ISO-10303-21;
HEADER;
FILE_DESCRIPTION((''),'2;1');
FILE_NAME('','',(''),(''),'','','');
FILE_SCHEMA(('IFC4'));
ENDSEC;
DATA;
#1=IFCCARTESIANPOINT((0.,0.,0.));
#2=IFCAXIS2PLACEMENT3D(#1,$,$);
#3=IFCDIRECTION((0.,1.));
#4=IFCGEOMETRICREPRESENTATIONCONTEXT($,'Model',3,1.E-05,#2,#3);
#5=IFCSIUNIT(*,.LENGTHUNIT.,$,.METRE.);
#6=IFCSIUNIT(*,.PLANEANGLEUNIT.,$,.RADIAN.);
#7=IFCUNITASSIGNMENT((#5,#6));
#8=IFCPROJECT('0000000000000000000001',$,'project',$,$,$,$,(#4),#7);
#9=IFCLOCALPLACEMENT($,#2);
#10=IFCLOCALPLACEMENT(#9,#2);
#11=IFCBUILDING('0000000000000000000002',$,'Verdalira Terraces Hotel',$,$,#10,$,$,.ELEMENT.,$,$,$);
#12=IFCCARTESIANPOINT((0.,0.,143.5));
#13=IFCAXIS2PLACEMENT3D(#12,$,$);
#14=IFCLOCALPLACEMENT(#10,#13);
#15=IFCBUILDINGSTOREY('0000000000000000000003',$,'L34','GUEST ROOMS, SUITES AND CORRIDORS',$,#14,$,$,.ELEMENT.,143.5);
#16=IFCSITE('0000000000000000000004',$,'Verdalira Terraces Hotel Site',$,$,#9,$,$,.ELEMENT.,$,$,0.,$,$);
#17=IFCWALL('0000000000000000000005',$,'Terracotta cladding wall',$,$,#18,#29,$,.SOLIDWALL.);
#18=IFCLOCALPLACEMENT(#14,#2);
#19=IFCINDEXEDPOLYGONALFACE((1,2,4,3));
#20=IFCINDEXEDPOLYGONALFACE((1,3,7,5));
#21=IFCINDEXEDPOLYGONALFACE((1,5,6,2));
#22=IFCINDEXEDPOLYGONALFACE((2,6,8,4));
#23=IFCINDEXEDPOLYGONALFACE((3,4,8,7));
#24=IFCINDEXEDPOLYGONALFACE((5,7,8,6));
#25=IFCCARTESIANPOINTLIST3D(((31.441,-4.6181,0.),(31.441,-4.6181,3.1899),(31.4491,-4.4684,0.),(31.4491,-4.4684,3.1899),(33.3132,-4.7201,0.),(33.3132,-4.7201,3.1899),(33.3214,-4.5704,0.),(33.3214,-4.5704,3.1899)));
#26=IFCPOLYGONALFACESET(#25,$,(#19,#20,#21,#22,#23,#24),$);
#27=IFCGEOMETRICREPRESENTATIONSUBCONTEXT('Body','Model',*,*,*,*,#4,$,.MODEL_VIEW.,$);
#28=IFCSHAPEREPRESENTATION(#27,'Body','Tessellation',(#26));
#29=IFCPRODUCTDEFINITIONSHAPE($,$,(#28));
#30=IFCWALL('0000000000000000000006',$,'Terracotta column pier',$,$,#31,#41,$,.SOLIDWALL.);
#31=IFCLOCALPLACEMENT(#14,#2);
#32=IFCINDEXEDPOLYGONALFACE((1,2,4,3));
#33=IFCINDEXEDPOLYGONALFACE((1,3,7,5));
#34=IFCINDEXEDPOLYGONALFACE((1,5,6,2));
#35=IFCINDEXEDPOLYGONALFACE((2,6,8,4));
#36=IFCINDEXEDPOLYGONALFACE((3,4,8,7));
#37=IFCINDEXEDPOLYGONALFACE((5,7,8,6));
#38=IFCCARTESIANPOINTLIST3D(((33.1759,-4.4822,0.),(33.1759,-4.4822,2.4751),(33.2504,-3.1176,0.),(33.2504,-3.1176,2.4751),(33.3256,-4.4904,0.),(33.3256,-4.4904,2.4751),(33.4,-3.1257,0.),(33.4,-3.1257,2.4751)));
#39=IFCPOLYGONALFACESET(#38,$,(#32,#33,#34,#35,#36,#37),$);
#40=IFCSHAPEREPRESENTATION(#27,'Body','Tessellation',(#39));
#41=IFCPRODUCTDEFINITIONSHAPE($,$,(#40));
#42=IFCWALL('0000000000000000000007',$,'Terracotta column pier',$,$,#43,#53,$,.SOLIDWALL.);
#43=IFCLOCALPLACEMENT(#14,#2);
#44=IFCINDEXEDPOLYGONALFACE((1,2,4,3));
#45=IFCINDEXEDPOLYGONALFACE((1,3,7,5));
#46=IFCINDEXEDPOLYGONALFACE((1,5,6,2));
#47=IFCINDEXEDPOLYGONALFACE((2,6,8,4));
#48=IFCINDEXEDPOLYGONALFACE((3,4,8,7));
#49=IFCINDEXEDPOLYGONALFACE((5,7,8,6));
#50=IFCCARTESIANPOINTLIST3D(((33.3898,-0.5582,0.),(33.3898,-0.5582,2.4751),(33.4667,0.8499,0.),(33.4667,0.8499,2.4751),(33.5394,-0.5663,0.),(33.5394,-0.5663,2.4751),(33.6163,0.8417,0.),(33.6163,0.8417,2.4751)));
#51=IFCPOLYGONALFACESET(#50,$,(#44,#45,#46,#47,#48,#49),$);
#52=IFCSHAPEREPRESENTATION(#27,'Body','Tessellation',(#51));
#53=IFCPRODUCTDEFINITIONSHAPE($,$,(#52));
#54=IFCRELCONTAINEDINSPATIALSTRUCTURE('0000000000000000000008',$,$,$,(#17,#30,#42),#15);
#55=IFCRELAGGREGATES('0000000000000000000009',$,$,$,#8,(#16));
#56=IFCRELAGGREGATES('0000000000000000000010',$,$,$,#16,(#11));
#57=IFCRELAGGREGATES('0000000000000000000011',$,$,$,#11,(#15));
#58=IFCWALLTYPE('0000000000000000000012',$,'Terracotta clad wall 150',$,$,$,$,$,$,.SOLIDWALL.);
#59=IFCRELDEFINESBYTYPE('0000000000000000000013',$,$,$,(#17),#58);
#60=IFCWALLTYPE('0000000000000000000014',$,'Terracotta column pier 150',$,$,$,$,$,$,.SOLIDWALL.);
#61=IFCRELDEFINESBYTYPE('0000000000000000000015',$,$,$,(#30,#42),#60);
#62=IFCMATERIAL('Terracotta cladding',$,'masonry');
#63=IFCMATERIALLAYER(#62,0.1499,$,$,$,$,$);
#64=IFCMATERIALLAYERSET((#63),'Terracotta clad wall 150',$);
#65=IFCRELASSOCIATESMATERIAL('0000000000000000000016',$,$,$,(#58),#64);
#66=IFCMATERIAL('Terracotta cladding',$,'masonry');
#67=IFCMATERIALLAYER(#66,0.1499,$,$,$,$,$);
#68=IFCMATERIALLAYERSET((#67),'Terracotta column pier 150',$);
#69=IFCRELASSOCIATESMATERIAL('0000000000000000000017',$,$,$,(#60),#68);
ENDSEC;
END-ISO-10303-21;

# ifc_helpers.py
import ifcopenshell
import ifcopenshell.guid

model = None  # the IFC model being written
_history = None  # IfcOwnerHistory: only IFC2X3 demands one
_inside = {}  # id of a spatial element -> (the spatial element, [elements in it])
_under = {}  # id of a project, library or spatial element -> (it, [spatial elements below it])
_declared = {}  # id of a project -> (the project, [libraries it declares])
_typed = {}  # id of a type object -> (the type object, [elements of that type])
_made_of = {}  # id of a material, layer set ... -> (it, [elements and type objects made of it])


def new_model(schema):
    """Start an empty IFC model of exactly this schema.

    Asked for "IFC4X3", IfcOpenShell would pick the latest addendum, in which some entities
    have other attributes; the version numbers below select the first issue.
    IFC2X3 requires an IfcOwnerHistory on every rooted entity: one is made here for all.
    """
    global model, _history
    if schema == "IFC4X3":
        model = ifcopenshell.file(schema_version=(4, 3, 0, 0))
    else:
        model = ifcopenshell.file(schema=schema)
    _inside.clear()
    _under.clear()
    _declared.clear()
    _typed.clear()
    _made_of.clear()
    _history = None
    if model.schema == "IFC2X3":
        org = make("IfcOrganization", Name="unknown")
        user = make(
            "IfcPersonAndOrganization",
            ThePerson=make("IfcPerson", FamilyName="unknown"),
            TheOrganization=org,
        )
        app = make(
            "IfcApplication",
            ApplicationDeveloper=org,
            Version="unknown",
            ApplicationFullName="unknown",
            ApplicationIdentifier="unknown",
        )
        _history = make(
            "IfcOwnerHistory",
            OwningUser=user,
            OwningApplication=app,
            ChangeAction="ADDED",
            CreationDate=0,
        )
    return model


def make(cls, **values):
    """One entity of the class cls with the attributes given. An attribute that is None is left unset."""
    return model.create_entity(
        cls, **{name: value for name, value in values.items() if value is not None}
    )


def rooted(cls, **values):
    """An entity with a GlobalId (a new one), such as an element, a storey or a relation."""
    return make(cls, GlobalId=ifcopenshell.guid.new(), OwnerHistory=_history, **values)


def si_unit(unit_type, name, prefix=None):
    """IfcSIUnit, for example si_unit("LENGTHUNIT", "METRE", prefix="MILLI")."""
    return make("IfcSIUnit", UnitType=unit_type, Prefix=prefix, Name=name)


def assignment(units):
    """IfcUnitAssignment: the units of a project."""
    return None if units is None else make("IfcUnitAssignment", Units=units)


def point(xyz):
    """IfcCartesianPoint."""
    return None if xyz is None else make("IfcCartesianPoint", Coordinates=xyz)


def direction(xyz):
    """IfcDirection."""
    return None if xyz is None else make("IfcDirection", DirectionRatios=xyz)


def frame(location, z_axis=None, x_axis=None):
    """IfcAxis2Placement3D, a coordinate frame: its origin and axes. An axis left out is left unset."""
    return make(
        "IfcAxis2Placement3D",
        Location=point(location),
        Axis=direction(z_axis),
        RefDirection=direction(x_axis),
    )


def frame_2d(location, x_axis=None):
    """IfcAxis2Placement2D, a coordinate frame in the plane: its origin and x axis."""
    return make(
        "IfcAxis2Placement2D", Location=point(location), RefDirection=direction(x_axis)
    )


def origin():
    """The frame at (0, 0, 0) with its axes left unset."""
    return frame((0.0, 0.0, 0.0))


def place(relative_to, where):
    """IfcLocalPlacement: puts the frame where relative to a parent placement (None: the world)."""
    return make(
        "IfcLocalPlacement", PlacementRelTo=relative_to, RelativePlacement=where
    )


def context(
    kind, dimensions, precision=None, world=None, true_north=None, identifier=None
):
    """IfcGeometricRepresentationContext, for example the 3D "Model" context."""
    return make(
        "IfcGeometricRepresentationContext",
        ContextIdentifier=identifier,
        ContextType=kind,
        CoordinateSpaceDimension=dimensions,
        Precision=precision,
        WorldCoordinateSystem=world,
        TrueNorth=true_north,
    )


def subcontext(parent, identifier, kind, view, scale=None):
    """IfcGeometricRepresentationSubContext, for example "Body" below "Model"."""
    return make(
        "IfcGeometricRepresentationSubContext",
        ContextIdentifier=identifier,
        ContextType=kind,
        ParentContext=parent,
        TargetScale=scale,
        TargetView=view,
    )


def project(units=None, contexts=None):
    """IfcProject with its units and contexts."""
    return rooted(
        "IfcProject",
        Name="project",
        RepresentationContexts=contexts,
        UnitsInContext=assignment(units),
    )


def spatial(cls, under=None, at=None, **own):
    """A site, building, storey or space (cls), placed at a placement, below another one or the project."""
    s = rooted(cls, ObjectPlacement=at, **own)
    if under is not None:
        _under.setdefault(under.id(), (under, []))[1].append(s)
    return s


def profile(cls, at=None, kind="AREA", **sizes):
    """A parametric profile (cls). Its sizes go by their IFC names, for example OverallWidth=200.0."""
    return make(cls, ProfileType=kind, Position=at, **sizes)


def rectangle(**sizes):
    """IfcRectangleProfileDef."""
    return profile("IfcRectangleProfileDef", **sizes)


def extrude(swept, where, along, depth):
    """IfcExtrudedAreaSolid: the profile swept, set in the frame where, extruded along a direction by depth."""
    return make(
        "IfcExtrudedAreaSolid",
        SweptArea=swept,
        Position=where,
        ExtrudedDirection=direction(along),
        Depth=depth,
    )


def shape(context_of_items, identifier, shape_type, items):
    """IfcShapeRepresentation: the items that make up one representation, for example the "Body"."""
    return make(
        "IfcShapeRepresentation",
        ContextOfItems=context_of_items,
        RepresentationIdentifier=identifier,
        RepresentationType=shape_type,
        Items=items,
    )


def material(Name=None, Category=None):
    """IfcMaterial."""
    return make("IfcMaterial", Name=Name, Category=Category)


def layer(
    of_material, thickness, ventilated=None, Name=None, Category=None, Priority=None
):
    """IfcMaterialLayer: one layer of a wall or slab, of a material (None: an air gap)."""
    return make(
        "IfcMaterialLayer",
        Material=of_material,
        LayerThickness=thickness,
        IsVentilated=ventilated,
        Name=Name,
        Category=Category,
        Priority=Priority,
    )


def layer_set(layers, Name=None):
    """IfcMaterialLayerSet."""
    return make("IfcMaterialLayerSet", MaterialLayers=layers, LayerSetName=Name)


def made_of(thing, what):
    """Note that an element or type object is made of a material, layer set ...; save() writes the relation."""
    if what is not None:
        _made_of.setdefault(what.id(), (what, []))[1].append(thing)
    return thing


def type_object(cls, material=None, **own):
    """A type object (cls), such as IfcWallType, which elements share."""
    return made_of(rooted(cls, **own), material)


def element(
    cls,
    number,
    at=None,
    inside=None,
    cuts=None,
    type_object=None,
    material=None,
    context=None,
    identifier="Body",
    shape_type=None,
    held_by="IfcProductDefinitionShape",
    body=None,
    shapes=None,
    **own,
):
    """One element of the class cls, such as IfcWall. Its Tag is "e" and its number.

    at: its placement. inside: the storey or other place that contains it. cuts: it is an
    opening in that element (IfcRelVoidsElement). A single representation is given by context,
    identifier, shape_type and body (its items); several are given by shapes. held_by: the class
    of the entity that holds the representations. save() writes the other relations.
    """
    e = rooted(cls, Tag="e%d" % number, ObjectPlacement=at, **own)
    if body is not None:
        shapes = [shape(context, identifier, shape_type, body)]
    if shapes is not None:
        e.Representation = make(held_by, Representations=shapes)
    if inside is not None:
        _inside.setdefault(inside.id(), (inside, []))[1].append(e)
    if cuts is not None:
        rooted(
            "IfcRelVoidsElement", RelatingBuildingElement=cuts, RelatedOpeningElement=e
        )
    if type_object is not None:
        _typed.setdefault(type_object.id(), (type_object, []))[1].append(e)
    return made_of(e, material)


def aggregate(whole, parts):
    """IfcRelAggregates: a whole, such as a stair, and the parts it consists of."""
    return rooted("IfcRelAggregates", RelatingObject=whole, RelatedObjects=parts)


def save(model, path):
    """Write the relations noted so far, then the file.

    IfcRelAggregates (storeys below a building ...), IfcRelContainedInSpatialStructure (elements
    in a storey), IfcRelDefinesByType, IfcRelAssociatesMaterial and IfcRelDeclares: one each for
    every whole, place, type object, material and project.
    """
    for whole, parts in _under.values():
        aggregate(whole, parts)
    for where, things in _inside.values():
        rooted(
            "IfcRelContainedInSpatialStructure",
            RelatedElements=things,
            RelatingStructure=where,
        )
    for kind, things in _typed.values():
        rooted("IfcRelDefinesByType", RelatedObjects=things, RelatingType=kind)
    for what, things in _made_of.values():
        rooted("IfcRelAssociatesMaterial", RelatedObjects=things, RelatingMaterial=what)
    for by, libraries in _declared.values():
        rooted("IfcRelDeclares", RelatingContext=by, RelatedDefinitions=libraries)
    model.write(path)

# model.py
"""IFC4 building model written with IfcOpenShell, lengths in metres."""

from ifc_helpers import new_model, si_unit, direction, frame, frame_2d, origin, place, context, subcontext, project, spatial, rectangle, extrude, material, layer, layer_set, type_object, element, save


model = new_model("IFC4")

# Units and contexts
model_context = context("Model", 3, precision=1e-05, world=origin(), true_north=direction((0.0, 1.0)))
body_context = subcontext(model_context, "Body", "Model", "MODEL_VIEW")
ifc_project = project(units=[si_unit("LENGTHUNIT", "METRE"), si_unit("PLANEANGLEUNIT", "RADIAN")], contexts=[model_context])

# Site, building, storey
site_placement = place(None, origin())
site = spatial("IfcSite", under=ifc_project, at=site_placement, Name="Verdalira Terraces Hotel Site", CompositionType="ELEMENT", RefElevation=0.0)
building_placement = place(site_placement, origin())
building = spatial("IfcBuilding", under=site, at=building_placement, Name="Verdalira Terraces Hotel", CompositionType="ELEMENT")
storey_placement = place(building_placement, frame((0.0, 0.0, 143.5)))
storey = spatial("IfcBuildingStorey", under=building, at=storey_placement, Name="L34", Description="GUEST ROOMS, SUITES AND CORRIDORS", CompositionType="ELEMENT", Elevation=143.5)

# Walls
ifc_material_1 = material(Name="Terracotta cladding", Category="masonry")
ifc_layer_1 = layer(ifc_material_1, 0.1499)
ifc_layer_set_1 = layer_set([ifc_layer_1], Name="Terracotta clad wall 150")
wall_type_1 = type_object("IfcWallType", Name="Terracotta clad wall 150", PredefinedType="SOLIDWALL", material=ifc_layer_set_1)
for number, where, z_axis, x_axis, name in (
    (1, (31.4451, -4.5432, 0.0), (0.0, 0.0, 1.0), (0.998518, -0.054424, 0.0), "Terracotta cladding wall"),
):
    element("IfcWall", number, at=place(storey_placement, frame(where, z_axis=z_axis, x_axis=x_axis)), inside=storey, type_object=wall_type_1, Name=name, PredefinedType="SOLIDWALL", context=body_context, shape_type="SweptSolid", body=[
        extrude(rectangle(XDim=1.875, YDim=0.1499, at=frame_2d((0.9375, 0.0))), origin(), (0.0, 0.0, 1.0), 3.1899),
    ])
ifc_material_2 = material(Name="Terracotta cladding", Category="masonry")
ifc_layer_2 = layer(ifc_material_2, 0.1499)
ifc_layer_set_2 = layer_set([ifc_layer_2], Name="Terracotta column pier 150")
wall_type_2 = type_object("IfcWallType", Name="Terracotta column pier 150", PredefinedType="SOLIDWALL", material=ifc_layer_set_2)
wall_1_placement = place(storey_placement, frame((33.2507, -4.4863, 0.0), z_axis=(0.0, 0.0, 1.0), x_axis=(0.054481, 0.998515, 0.0)))
element("IfcWall", 2, at=wall_1_placement, inside=storey, type_object=wall_type_2, Name="Terracotta column pier", PredefinedType="SOLIDWALL", context=body_context, shape_type="SweptSolid", body=[
    extrude(rectangle(XDim=1.3667, YDim=0.1499, at=frame_2d((0.6834, 0.0))), origin(), (0.0, 0.0, 1.0), 2.4751),
])
wall_2_placement = place(storey_placement, frame((33.4646, -0.5623, 0.0), z_axis=(0.0, 0.0, 1.0), x_axis=(0.05454, 0.998512, 0.0)))
element("IfcWall", 3, at=wall_2_placement, inside=storey, type_object=wall_type_2, Name="Terracotta column pier", PredefinedType="SOLIDWALL", context=body_context, shape_type="SweptSolid", body=[
    extrude(rectangle(XDim=1.4102, YDim=0.1499, at=frame_2d((0.7051, 0.0))), origin(), (0.0, 0.0, 1.0), 2.4751),
])

save(model, "model.ifc")
